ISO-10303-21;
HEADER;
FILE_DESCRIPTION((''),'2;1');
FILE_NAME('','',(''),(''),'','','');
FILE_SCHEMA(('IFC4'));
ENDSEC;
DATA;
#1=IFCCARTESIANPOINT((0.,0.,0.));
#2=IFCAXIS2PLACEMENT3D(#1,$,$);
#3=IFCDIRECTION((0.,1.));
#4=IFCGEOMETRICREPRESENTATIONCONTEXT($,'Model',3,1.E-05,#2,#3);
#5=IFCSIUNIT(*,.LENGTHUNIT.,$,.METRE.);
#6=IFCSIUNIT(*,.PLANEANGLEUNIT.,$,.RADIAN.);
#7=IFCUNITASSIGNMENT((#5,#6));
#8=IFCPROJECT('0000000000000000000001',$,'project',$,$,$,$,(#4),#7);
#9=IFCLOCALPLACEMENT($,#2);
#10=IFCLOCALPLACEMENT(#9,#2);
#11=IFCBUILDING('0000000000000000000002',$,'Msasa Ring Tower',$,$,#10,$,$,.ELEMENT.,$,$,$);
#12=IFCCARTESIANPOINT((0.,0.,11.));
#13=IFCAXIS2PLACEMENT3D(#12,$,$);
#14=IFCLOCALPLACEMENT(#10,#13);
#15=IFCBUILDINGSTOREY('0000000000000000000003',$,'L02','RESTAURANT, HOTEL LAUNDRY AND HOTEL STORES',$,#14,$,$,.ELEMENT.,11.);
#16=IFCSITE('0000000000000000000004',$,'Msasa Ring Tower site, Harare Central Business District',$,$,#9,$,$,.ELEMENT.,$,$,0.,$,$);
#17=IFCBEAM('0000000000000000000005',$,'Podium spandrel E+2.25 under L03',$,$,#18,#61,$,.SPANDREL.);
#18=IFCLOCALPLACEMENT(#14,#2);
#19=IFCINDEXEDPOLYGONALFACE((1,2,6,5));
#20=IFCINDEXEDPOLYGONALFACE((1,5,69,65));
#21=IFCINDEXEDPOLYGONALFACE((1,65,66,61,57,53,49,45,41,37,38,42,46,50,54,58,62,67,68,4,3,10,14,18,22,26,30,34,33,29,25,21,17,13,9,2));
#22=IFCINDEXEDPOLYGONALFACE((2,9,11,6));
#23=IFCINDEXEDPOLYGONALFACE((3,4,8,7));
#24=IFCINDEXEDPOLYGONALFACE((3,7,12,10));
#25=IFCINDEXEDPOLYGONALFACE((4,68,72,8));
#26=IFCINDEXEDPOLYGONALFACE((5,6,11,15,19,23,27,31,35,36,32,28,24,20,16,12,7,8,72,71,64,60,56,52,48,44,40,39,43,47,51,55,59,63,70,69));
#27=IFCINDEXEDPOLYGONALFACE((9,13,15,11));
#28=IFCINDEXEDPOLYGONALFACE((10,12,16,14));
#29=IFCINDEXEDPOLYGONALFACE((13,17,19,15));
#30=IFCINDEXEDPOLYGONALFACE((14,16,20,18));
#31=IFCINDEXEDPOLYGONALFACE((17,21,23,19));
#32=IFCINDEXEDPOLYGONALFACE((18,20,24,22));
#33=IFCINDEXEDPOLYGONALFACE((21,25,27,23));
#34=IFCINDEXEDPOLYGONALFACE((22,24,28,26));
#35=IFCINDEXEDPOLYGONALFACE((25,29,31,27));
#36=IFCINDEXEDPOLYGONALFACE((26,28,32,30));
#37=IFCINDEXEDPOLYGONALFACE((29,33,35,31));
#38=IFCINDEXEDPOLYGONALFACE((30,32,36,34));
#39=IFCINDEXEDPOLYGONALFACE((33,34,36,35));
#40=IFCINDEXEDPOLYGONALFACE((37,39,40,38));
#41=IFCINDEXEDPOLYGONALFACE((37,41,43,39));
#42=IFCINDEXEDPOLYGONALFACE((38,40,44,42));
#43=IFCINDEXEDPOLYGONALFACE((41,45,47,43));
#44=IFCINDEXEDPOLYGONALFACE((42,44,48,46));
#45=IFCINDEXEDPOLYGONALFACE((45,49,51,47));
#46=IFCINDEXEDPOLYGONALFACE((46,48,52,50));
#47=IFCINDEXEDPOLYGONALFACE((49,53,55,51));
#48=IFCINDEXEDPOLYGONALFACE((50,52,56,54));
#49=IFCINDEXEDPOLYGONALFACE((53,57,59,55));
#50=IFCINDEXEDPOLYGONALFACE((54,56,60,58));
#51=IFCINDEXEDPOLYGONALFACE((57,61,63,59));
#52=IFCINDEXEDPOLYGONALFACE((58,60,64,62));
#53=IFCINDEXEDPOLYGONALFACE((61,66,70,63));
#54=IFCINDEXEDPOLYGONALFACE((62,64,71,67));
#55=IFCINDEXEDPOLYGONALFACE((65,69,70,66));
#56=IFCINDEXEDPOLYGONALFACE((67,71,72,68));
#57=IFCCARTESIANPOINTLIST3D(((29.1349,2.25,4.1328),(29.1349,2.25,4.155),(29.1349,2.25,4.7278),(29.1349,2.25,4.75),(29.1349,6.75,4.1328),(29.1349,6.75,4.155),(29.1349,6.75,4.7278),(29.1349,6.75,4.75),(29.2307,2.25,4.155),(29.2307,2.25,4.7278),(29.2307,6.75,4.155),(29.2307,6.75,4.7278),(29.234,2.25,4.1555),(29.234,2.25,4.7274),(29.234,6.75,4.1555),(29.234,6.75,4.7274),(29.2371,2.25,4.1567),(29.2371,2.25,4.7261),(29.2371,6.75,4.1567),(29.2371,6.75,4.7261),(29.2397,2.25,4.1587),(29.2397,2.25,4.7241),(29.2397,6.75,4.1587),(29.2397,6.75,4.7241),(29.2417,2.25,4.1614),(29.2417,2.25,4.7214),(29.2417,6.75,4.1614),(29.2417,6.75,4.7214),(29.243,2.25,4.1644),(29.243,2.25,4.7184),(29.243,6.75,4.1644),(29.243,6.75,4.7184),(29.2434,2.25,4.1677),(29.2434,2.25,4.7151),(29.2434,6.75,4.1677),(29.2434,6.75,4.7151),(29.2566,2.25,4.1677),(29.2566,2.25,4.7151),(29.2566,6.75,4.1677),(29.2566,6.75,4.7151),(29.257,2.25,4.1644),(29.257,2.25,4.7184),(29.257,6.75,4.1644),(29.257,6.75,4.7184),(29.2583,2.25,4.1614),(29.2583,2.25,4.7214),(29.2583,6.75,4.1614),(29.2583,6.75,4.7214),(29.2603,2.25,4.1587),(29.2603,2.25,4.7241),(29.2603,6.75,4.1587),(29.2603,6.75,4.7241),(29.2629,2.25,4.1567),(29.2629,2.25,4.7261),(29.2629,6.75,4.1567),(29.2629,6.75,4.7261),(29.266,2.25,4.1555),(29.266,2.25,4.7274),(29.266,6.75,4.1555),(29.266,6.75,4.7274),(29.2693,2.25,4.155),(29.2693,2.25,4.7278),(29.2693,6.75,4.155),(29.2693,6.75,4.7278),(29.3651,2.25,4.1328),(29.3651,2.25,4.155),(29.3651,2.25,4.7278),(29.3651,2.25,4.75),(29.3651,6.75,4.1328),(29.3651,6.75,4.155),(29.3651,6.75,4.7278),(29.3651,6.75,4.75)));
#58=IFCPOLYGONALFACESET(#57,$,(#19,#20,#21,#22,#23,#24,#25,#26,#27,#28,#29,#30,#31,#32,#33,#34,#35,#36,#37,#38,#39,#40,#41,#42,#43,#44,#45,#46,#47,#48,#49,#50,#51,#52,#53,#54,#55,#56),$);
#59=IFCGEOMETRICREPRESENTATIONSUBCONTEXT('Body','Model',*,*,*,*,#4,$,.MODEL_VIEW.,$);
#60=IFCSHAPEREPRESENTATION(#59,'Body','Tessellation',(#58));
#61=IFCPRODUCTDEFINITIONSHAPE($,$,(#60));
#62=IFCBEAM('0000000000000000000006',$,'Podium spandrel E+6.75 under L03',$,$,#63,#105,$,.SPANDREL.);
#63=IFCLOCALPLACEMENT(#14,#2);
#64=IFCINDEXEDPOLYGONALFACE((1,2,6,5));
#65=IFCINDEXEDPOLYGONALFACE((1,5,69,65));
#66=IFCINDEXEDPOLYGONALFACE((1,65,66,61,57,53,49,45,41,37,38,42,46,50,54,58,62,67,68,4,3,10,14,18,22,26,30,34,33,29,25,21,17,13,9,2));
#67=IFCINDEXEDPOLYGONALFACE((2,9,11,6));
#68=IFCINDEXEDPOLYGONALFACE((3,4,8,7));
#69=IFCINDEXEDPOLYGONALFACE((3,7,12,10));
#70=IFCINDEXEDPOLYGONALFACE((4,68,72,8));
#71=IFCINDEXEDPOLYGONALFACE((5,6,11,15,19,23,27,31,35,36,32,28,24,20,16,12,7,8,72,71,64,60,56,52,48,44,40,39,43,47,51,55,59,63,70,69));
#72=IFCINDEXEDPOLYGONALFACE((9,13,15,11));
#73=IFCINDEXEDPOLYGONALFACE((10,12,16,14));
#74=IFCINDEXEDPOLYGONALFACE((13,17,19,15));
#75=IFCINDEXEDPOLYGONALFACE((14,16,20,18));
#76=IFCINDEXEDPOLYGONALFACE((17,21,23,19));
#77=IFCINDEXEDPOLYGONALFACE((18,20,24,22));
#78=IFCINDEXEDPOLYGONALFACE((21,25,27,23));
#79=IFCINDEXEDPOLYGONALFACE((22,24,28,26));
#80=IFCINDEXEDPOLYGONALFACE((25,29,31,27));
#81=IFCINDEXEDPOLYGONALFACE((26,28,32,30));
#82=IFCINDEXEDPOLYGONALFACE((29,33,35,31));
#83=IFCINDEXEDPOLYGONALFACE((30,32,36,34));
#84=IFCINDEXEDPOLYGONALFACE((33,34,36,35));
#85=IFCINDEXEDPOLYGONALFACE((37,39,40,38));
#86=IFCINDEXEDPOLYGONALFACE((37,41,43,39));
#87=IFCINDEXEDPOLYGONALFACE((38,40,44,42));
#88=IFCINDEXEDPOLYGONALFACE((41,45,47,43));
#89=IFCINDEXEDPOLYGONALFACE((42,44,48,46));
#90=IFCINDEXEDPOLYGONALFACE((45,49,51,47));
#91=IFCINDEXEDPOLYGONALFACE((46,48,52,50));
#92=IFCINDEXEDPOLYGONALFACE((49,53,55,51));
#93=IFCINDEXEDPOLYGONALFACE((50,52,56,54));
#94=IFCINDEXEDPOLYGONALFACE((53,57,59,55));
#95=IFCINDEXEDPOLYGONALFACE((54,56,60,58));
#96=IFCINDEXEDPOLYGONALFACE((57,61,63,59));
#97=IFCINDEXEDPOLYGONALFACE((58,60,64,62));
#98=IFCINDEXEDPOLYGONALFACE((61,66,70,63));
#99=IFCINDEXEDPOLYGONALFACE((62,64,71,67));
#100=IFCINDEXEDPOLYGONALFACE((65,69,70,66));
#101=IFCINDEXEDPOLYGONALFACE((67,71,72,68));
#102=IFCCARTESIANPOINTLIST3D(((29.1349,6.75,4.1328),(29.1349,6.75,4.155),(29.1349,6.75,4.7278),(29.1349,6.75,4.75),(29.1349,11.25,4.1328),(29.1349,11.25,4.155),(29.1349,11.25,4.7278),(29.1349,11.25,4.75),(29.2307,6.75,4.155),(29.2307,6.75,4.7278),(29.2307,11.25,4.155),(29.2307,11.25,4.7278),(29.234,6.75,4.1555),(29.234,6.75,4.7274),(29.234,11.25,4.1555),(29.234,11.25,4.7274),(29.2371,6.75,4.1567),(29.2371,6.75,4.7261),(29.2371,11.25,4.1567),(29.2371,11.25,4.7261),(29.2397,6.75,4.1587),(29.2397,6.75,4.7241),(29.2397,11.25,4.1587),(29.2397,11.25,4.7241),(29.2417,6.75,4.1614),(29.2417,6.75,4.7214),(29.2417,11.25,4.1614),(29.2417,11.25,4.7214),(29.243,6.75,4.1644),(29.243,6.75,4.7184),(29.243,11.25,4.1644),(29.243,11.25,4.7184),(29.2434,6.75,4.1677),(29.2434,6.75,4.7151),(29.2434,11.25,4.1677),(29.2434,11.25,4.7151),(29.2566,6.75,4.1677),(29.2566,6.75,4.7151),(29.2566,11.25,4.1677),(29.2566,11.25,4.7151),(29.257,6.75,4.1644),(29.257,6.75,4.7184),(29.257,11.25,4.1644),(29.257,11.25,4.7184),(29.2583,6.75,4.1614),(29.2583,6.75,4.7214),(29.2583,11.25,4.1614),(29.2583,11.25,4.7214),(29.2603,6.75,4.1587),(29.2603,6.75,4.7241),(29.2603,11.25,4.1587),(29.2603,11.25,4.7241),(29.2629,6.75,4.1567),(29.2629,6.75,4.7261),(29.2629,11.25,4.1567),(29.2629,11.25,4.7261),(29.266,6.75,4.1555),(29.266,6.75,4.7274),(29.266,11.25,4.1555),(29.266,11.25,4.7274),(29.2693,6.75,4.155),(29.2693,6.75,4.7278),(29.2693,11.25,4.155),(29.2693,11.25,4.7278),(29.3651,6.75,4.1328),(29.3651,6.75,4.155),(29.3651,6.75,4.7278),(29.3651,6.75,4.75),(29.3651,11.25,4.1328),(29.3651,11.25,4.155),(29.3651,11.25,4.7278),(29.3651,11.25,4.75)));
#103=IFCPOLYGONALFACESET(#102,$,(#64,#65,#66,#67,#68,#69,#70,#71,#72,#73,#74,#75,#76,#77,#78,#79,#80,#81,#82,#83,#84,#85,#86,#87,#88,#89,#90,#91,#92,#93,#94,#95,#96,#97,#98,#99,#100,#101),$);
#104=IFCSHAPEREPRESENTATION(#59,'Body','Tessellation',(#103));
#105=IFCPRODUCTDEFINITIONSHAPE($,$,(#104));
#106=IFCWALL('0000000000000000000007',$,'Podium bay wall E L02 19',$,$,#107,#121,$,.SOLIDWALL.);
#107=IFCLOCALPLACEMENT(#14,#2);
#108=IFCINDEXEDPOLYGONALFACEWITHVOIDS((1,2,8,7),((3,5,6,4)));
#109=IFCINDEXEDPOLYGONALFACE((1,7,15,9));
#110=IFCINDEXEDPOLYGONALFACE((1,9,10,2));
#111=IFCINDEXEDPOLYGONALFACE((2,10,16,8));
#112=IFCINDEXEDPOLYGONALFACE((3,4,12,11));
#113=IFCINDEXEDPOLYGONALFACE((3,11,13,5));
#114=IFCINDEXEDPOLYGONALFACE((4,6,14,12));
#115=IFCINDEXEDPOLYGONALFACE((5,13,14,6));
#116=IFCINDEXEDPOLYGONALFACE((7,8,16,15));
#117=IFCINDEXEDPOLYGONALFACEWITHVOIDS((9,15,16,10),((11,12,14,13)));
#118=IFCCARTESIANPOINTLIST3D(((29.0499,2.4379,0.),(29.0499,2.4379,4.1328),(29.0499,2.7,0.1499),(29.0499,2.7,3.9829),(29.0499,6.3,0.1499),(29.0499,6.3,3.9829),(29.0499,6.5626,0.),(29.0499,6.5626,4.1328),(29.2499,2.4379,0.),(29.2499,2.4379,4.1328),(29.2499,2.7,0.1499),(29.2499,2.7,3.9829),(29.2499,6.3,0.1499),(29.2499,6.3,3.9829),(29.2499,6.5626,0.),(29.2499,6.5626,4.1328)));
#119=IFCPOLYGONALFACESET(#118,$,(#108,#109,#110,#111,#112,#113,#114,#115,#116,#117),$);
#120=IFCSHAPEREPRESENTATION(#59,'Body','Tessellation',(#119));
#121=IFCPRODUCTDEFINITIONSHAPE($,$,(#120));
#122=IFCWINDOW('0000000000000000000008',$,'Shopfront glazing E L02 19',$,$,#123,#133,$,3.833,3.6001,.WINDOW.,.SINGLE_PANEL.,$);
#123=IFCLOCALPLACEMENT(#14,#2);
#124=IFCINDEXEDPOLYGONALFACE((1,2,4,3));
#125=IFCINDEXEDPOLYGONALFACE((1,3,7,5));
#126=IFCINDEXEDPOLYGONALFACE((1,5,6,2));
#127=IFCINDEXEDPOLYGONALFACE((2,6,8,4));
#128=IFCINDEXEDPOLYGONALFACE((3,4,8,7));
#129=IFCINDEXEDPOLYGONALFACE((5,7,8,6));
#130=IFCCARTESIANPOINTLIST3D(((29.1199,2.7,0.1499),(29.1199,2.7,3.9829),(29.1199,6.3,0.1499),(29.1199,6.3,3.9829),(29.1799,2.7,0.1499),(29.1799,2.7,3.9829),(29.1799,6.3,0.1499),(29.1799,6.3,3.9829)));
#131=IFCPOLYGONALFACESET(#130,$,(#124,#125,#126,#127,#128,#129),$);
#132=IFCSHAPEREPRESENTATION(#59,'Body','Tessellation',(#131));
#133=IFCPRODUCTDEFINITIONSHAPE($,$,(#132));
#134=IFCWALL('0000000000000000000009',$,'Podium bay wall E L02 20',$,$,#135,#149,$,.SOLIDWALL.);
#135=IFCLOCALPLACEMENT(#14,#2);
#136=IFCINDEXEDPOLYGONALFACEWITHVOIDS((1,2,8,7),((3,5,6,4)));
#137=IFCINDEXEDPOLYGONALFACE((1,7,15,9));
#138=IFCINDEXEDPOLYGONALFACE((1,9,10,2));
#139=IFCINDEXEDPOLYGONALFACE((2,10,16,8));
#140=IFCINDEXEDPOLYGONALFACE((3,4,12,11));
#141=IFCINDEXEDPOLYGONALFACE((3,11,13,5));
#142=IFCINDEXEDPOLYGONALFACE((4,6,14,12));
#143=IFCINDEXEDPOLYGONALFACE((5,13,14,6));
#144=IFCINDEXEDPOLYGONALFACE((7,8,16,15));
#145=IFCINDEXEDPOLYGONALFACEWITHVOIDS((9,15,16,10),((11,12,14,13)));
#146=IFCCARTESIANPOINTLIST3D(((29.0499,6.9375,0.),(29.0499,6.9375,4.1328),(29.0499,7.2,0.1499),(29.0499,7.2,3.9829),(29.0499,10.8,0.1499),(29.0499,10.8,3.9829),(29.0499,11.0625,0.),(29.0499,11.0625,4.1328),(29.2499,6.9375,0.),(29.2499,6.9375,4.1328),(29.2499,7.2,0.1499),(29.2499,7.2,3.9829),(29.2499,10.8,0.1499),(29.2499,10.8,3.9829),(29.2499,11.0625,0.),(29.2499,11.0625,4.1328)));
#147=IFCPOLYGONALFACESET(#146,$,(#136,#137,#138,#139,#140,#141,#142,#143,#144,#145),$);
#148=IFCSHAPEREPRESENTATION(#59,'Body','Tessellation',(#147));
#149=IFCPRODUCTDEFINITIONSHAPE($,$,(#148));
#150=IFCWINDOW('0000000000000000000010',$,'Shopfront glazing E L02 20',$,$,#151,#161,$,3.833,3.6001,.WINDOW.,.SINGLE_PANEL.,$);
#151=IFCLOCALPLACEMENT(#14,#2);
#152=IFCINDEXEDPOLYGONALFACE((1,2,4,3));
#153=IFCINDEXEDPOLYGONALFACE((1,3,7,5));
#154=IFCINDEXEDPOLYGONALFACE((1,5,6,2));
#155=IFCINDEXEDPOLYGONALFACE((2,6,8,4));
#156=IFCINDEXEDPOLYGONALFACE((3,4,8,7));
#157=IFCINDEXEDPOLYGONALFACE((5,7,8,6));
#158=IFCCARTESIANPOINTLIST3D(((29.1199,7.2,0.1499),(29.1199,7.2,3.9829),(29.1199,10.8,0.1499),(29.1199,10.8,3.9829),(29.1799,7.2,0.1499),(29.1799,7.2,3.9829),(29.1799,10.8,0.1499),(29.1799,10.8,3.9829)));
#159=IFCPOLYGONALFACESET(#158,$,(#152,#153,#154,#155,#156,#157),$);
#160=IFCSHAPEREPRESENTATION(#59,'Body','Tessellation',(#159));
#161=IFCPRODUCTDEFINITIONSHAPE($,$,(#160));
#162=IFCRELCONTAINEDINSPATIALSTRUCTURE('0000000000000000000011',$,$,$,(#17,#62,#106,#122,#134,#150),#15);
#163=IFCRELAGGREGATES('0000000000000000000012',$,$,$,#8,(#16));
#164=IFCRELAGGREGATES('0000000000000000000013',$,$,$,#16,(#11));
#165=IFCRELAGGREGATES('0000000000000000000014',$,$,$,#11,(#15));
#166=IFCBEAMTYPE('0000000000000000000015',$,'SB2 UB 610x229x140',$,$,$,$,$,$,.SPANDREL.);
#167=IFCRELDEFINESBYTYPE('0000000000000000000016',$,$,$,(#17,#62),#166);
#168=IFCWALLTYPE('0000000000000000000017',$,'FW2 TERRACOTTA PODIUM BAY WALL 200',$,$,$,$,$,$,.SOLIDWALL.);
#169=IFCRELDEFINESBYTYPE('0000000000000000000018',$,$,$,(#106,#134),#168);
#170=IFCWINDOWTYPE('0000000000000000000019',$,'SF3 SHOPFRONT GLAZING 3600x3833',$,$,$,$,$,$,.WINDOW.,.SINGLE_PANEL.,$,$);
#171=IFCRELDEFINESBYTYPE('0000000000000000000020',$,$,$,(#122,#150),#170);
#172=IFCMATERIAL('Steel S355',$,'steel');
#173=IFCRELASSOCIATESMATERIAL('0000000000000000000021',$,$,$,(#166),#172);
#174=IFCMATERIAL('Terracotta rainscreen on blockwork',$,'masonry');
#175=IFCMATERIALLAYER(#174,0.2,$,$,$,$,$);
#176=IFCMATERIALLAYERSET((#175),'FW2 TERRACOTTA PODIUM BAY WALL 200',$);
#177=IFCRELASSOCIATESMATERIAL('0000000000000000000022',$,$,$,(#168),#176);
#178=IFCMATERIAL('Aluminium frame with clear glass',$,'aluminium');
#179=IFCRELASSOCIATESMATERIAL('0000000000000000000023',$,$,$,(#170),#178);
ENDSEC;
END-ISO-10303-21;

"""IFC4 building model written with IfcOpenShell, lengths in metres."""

from ifc_helpers import new_model, si_unit, direction, frame, frame_2d, origin, origin_2d, place, context, subcontext, project, spatial, rectangle, i_section, extrude, material, layer, layer_set, material_profile, profile_set, type_object, element, fill, save


model = new_model("IFC4")

# Units and contexts
model_context = context("Model", 3, precision=1e-05, world=origin(), true_north=direction((0.0, 1.0)))
body_context = subcontext(model_context, "Body", "Model", "MODEL_VIEW")
ifc_project = project(units=[si_unit("LENGTHUNIT", "METRE"), si_unit("PLANEANGLEUNIT", "RADIAN")], contexts=[model_context])

# Site, building, storey
site_placement = place(None, origin())
site = spatial("IfcSite", under=ifc_project, at=site_placement, Name="Msasa Ring Tower site, Harare Central Business District", CompositionType="ELEMENT", RefElevation=0.0)
building_placement = place(site_placement, origin())
building = spatial("IfcBuilding", under=site, at=building_placement, Name="Msasa Ring Tower", CompositionType="ELEMENT")
storey_placement = place(building_placement, frame((0.0, 0.0, 11.0)))
storey = spatial("IfcBuildingStorey", under=building, at=storey_placement, Name="L02", Description="RESTAURANT, HOTEL LAUNDRY AND HOTEL STORES", CompositionType="ELEMENT", Elevation=11.0)

# Beams
ifc_material_1 = material(Name="Steel S355", Category="steel")
ifc_material_profile_1 = material_profile(ifc_material_1, i_section(OverallWidth=0.2302, OverallDepth=0.6172, WebThickness=0.0132, FlangeThickness=0.0222, FilletRadius=0.0127, at=origin_2d()), Name="UB 610x229x140")
ifc_profile_set_1 = profile_set([ifc_material_profile_1], Name="Steel S355")
beam_type_1 = type_object("IfcBeamType", Name="SB2 UB 610x229x140", PredefinedType="SPANDREL", material=ifc_profile_set_1)
for number, where, z_axis, x_axis, name in (
    (1, (29.25, 2.25, 4.4414), (0.0, 1.0, 0.0), (-1.0, 0.0, 0.0), "Podium spandrel E+2.25 under L03"),
    (2, (29.25, 6.75, 4.4414), (0.0, 1.0, 0.0), (-1.0, 0.0, 0.0), "Podium spandrel E+6.75 under L03"),
):
    element("IfcBeam", number, at=place(storey_placement, frame(where, z_axis=z_axis, x_axis=x_axis)), inside=storey, type_object=beam_type_1, Name=name, PredefinedType="SPANDREL", context=body_context, shape_type="SweptSolid", body=[
        extrude(i_section(OverallWidth=0.2302, OverallDepth=0.6172, WebThickness=0.0132, FlangeThickness=0.0222, FilletRadius=0.0127, at=origin_2d()), origin(), (0.0, 0.0, 1.0), 4.5),
    ])

# Walls, openings, windows
ifc_material_2 = material(Name="Terracotta rainscreen on blockwork", Category="masonry")
ifc_layer_1 = layer(ifc_material_2, 0.2)
ifc_layer_set_1 = layer_set([ifc_layer_1], Name="FW2 TERRACOTTA PODIUM BAY WALL 200")
wall_type_1 = type_object("IfcWallType", Name="FW2 TERRACOTTA PODIUM BAY WALL 200", PredefinedType="SOLIDWALL", material=ifc_layer_set_1)
wall_1_placement = place(storey_placement, frame((29.1499, 2.4377, 0.0), z_axis=(0.0, 0.0, 1.0), x_axis=(0.0, 1.0, 0.0)))
wall_1 = element("IfcWall", 3, at=wall_1_placement, inside=storey, type_object=wall_type_1, Name="Podium bay wall E L02 19", PredefinedType="SOLIDWALL", context=body_context, shape_type="SweptSolid", body=[
    extrude(rectangle(XDim=4.1248, YDim=0.2, at=frame_2d((2.0625, 0.0))), origin(), (0.0, 0.0, 1.0), 4.1328),
])
opening_1_placement = place(wall_1_placement, frame((0.2622, 0.0, 0.1499)))
opening_1 = element("IfcOpeningElement", 4, at=opening_1_placement, cuts=wall_1, PredefinedType="OPENING", context=body_context, shape_type="SweptSolid", body=[
    extrude(rectangle(XDim=3.6001, YDim=3.833, at=frame_2d((1.8, 1.9165))), frame((0.0, 0.1099, 0.0), z_axis=(0.0, -1.0, 0.0), x_axis=(1.0, 0.0, 0.0)), (0.0, 0.0, 1.0), 0.22),
])
ifc_material_3 = material(Name="Aluminium frame with clear glass", Category="aluminium")
window_type = type_object("IfcWindowType", Name="SF3 SHOPFRONT GLAZING 3600x3833", PartitioningType="SINGLE_PANEL", PredefinedType="WINDOW", material=ifc_material_3)
window_1_placement = place(opening_1_placement, origin())
window_1 = element("IfcWindow", 5, at=window_1_placement, inside=storey, type_object=window_type, Name="Shopfront glazing E L02 19", OverallHeight=3.833, OverallWidth=3.6001, PartitioningType="SINGLE_PANEL", PredefinedType="WINDOW", context=body_context, shape_type="SweptSolid", body=[
    extrude(rectangle(XDim=3.6001, YDim=3.833, at=frame_2d((1.8, 1.9165))), frame((0.0, 0.03, 0.0), z_axis=(0.0, -1.0, 0.0), x_axis=(1.0, 0.0, 0.0)), (0.0, 0.0, 1.0), 0.0601),
])
fill(opening_1, window_1)
wall_2_placement = place(storey_placement, frame((29.1499, 6.9375, 0.0), z_axis=(0.0, 0.0, 1.0), x_axis=(0.0, 1.0, 0.0)))
wall_2 = element("IfcWall", 6, at=wall_2_placement, inside=storey, type_object=wall_type_1, Name="Podium bay wall E L02 20", PredefinedType="SOLIDWALL", context=body_context, shape_type="SweptSolid", body=[
    extrude(rectangle(XDim=4.125, YDim=0.2, at=frame_2d((2.0625, 0.0))), origin(), (0.0, 0.0, 1.0), 4.1328),
])
opening_2_placement = place(wall_2_placement, frame((0.2625, 0.0, 0.1499)))
opening_2 = element("IfcOpeningElement", 7, at=opening_2_placement, cuts=wall_2, PredefinedType="OPENING", context=body_context, shape_type="SweptSolid", body=[
    extrude(rectangle(XDim=3.6001, YDim=3.833, at=frame_2d((1.8, 1.9165))), frame((0.0, 0.1099, 0.0), z_axis=(0.0, -1.0, 0.0), x_axis=(1.0, 0.0, 0.0)), (0.0, 0.0, 1.0), 0.22),
])
window_2_placement = place(opening_2_placement, origin())
window_2 = element("IfcWindow", 8, at=window_2_placement, inside=storey, type_object=window_type, Name="Shopfront glazing E L02 20", OverallHeight=3.833, OverallWidth=3.6001, PartitioningType="SINGLE_PANEL", PredefinedType="WINDOW", context=body_context, shape_type="SweptSolid", body=[
    extrude(rectangle(XDim=3.6001, YDim=3.833, at=frame_2d((1.8, 1.9165))), frame((0.0, 0.03, 0.0), z_axis=(0.0, -1.0, 0.0), x_axis=(1.0, 0.0, 0.0)), (0.0, 0.0, 1.0), 0.0601),
])
fill(opening_2, window_2)

save(model, "model.ifc")
